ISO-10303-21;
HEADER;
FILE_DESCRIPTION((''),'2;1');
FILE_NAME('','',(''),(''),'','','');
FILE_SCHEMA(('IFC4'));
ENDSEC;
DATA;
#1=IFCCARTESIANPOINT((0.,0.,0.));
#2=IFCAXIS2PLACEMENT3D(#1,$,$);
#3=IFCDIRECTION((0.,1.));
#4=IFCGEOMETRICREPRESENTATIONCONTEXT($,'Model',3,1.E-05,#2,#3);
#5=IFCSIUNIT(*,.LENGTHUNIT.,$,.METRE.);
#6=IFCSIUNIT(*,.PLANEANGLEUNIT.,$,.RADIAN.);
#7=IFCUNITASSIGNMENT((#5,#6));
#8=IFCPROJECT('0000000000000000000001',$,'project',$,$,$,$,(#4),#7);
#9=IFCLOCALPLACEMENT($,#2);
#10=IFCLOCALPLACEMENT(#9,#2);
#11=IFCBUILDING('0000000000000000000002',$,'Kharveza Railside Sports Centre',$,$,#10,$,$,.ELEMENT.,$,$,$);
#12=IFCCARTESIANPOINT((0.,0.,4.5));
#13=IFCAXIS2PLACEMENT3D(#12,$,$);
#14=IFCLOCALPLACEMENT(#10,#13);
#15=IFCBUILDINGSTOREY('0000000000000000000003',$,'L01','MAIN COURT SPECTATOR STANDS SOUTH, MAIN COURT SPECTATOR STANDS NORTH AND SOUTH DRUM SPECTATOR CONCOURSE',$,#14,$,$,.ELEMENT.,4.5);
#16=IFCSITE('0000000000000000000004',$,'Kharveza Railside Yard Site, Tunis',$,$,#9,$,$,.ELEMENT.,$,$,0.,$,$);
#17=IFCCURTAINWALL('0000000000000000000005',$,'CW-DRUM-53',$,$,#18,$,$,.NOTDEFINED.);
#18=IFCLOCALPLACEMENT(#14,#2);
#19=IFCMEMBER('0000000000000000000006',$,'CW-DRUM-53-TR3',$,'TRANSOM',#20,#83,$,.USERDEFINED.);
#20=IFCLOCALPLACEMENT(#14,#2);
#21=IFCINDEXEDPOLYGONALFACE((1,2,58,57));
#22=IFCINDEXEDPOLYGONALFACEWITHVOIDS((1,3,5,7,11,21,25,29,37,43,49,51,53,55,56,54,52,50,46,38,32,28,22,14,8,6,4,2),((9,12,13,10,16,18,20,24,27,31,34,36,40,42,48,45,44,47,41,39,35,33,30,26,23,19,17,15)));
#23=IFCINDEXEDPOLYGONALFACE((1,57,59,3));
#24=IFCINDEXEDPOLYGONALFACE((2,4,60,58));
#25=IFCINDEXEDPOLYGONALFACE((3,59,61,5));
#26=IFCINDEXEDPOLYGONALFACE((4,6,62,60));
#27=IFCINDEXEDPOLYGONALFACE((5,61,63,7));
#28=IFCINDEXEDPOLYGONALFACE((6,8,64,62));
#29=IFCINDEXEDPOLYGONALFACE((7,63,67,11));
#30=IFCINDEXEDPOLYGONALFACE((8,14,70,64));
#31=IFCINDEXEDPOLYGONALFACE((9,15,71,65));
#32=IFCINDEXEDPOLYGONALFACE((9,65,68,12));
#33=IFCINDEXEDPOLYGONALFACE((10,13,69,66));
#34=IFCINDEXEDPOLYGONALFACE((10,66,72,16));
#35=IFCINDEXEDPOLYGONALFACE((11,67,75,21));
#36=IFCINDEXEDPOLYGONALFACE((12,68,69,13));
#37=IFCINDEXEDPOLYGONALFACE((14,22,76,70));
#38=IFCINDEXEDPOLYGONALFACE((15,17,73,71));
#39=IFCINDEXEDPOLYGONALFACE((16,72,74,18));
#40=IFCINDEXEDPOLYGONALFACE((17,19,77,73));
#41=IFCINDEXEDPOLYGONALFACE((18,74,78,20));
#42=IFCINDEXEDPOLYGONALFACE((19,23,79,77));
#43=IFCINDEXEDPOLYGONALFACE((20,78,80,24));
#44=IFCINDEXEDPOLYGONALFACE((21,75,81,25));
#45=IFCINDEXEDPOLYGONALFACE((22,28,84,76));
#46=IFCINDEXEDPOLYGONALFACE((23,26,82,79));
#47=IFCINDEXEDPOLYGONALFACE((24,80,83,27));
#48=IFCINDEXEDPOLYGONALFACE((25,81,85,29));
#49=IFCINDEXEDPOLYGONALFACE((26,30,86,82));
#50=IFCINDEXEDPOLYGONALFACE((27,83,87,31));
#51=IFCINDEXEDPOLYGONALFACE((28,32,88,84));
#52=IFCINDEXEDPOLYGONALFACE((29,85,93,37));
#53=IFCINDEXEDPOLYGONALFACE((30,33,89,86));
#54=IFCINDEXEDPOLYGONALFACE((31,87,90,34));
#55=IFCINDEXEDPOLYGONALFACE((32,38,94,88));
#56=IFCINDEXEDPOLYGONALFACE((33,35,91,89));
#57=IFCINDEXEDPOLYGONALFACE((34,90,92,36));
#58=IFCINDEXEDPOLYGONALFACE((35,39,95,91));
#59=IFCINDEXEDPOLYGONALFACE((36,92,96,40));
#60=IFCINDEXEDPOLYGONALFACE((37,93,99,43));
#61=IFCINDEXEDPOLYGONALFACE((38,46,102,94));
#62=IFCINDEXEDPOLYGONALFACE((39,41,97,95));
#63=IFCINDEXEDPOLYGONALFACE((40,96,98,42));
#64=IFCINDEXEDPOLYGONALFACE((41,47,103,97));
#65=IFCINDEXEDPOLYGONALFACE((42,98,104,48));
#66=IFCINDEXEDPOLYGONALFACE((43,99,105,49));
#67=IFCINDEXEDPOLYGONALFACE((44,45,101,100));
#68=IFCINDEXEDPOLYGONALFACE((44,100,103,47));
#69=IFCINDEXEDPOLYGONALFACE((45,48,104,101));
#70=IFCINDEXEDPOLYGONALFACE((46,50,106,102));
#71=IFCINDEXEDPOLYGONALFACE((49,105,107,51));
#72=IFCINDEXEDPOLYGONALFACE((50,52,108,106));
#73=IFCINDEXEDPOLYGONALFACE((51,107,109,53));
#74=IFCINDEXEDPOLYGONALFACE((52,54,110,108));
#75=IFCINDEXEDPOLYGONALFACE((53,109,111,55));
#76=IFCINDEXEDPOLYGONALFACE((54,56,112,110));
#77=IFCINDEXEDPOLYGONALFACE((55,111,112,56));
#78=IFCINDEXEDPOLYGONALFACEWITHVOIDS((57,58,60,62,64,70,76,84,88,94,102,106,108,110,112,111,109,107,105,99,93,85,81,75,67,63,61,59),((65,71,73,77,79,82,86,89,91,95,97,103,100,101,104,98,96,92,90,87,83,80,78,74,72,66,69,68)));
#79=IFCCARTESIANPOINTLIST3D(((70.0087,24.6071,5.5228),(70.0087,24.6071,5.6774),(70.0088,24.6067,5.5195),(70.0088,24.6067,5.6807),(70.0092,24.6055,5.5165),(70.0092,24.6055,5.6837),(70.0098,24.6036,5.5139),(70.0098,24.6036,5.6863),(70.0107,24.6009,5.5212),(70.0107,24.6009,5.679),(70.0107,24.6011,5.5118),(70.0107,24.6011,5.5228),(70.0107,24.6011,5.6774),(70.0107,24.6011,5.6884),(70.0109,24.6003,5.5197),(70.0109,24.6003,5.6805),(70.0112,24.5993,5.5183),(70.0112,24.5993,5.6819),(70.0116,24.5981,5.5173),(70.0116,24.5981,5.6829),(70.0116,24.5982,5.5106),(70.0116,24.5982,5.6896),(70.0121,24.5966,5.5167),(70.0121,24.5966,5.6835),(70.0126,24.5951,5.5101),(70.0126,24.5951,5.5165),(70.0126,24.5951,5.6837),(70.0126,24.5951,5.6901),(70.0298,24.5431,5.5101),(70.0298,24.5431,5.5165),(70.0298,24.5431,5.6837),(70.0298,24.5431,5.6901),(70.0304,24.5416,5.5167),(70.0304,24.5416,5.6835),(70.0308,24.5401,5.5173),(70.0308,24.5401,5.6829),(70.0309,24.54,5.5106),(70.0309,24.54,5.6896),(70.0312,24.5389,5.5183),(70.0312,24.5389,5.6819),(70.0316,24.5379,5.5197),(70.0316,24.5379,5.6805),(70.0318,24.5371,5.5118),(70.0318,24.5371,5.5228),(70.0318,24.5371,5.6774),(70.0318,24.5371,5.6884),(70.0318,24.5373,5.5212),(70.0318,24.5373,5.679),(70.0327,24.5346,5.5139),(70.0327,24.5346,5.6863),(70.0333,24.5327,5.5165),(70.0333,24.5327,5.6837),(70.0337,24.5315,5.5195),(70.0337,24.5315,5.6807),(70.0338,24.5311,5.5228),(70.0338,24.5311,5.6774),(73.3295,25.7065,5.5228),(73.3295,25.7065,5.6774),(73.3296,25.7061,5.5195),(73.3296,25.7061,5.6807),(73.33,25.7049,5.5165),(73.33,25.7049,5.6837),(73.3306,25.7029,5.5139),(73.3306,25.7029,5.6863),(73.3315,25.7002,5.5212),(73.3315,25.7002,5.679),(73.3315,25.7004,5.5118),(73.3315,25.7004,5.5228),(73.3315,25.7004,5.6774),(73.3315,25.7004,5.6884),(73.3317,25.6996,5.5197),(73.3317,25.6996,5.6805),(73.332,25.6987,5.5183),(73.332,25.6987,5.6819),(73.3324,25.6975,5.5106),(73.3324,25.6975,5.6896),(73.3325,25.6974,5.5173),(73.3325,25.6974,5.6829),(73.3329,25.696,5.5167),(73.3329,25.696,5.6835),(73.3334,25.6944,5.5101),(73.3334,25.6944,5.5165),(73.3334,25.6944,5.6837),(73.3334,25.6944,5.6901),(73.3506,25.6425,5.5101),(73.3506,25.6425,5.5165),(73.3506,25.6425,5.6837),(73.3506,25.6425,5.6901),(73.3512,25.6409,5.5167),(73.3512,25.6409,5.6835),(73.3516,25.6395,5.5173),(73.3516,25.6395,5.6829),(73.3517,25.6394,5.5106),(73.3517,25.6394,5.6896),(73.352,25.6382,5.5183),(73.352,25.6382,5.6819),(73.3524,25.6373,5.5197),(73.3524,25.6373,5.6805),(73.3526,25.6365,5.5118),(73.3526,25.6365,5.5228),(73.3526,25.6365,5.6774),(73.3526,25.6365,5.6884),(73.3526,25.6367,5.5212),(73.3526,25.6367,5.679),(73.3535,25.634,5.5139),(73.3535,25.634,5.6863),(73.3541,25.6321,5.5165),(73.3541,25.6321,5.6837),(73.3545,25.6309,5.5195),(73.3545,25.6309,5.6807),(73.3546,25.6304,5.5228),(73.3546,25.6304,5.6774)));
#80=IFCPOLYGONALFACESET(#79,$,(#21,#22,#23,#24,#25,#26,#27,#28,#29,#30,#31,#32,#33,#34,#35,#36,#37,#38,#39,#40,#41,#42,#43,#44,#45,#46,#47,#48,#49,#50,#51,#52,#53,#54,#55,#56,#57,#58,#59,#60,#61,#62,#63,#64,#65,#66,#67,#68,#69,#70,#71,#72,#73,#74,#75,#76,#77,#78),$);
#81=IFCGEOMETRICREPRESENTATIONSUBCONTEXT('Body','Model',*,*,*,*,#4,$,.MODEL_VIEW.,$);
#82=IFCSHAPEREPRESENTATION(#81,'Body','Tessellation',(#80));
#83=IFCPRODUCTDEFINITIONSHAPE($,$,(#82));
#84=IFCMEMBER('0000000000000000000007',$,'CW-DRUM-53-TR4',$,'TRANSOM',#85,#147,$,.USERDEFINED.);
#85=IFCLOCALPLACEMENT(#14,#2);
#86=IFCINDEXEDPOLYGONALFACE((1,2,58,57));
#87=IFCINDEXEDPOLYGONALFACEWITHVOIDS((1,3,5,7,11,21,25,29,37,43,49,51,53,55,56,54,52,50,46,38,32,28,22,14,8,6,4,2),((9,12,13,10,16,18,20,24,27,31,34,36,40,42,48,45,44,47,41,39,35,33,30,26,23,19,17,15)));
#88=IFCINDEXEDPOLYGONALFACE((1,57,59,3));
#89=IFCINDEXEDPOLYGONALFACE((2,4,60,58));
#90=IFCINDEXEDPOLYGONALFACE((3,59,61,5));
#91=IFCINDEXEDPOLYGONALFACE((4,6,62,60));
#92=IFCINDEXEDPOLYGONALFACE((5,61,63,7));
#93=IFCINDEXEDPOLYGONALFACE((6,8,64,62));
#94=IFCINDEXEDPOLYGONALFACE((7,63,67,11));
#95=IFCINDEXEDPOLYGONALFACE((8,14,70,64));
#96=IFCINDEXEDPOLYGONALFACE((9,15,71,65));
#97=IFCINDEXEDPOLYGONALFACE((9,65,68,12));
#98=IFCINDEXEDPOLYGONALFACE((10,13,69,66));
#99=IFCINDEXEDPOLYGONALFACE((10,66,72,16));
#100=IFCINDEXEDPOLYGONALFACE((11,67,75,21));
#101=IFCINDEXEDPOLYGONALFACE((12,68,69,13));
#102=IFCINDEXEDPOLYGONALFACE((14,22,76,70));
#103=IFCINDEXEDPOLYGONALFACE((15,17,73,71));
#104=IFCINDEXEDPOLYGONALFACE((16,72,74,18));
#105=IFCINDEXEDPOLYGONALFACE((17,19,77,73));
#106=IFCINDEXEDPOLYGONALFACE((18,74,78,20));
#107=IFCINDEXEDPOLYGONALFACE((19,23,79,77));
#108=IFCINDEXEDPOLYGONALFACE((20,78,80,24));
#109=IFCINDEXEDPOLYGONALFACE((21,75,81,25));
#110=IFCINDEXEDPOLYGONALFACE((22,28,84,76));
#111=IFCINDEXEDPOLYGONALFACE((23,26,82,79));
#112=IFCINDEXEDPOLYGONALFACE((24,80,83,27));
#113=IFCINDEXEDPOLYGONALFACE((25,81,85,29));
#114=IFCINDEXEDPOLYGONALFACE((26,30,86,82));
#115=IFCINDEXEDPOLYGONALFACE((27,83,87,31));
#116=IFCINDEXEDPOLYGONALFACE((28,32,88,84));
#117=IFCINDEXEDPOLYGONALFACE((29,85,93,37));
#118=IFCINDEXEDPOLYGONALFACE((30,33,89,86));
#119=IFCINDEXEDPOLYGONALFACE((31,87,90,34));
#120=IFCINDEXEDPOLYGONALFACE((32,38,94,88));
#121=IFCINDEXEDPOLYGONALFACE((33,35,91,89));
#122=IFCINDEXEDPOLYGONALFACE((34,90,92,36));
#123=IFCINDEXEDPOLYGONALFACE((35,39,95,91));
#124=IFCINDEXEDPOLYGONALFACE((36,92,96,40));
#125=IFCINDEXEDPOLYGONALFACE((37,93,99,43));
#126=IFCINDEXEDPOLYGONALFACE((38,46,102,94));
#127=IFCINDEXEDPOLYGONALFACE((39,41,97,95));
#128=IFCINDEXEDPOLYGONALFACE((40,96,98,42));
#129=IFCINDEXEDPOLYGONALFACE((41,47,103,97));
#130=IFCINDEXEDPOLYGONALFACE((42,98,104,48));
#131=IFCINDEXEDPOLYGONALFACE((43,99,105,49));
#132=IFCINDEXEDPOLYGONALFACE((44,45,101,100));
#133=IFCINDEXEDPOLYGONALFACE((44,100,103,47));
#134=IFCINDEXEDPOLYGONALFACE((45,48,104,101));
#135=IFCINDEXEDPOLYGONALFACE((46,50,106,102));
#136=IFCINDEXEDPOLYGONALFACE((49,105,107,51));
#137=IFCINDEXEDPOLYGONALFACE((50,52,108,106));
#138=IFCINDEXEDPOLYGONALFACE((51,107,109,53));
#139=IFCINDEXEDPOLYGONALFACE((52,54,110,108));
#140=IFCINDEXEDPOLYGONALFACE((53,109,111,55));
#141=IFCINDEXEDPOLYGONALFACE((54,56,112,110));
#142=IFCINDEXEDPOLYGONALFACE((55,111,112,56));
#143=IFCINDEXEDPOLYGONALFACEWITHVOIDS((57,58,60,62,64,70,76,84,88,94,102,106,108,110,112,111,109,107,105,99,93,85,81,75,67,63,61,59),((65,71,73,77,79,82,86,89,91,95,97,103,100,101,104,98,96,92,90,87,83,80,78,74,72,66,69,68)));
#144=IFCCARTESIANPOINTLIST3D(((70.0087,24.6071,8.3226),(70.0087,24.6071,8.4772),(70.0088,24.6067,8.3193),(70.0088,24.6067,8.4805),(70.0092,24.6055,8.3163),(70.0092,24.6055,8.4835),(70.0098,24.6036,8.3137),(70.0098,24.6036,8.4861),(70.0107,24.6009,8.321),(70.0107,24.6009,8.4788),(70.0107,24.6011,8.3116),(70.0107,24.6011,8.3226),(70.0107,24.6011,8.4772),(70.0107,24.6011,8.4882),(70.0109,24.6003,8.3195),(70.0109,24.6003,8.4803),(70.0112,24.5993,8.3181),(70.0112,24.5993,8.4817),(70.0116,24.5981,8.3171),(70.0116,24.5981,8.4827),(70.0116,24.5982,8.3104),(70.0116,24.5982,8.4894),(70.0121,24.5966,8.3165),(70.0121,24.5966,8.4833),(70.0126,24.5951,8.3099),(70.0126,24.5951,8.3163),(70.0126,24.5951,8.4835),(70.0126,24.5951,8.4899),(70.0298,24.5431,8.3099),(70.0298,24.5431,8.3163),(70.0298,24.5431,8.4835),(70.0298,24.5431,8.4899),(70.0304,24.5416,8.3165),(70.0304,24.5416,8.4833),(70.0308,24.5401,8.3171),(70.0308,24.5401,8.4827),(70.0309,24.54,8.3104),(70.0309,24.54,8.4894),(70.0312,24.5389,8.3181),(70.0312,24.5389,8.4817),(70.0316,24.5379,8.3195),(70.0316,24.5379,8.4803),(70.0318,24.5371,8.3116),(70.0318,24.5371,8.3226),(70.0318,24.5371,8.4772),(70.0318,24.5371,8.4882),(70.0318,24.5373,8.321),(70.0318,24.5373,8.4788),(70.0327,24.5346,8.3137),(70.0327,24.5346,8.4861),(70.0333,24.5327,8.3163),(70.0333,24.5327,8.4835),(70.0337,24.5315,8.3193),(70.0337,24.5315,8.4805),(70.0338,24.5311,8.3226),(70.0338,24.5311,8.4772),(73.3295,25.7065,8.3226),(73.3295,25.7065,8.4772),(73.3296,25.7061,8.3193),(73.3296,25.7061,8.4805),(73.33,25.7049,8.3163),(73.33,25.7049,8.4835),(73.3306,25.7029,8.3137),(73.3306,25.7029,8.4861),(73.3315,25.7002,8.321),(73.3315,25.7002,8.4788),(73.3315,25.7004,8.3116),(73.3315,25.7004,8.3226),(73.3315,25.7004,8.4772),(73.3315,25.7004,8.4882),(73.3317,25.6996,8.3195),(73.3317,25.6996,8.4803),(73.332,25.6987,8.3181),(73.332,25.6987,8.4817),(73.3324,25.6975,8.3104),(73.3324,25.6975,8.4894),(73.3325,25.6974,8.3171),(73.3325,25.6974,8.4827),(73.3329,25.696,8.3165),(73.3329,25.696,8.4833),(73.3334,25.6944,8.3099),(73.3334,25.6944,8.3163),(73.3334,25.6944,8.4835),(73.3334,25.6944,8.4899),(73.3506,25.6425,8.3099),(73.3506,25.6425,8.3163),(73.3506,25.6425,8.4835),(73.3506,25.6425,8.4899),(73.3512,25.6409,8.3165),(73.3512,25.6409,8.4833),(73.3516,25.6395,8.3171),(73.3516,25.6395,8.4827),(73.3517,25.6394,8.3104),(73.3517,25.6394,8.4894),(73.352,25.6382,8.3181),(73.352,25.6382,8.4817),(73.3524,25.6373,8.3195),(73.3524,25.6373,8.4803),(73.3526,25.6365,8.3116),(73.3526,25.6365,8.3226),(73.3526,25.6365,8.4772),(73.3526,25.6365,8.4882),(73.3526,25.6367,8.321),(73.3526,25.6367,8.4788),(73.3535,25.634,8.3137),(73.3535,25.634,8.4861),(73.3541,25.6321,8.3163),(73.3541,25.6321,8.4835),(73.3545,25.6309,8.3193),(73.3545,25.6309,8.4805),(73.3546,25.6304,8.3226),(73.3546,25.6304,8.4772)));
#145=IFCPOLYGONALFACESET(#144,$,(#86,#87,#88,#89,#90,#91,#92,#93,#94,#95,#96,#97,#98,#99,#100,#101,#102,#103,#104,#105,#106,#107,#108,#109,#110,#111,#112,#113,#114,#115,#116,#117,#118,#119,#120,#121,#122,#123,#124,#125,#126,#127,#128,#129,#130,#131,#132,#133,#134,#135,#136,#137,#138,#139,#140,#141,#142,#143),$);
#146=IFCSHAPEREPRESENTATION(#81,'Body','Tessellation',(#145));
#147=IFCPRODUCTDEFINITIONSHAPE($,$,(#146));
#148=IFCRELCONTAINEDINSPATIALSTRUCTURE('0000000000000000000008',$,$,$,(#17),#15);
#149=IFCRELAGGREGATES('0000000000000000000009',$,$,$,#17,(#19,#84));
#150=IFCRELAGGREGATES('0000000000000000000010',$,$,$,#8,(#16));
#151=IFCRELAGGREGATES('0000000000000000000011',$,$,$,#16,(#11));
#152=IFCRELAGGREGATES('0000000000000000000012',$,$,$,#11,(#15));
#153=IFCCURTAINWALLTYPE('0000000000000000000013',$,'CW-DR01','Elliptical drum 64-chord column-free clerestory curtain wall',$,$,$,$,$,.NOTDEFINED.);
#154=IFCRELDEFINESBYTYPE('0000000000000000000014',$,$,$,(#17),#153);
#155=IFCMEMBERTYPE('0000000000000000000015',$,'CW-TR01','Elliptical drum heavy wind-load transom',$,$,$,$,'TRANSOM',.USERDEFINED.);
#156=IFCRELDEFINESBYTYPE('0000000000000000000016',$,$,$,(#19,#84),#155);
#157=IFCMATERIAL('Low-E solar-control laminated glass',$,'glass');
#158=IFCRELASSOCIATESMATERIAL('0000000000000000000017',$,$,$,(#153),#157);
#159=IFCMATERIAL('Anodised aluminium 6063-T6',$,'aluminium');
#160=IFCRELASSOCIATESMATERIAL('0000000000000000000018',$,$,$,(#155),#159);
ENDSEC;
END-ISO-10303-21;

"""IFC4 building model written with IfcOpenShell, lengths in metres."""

from ifc_helpers import new_model, si_unit, direction, frame, origin, origin_2d, place, context, subcontext, project, spatial, hollow_rectangle, extrude, material, material_profile, profile_set, type_object, element, aggregate, save


model = new_model("IFC4")

# Units and contexts
model_context = context("Model", 3, precision=1e-05, world=origin(), true_north=direction((0.0, 1.0)))
body_context = subcontext(model_context, "Body", "Model", "MODEL_VIEW")
ifc_project = project(units=[si_unit("LENGTHUNIT", "METRE"), si_unit("PLANEANGLEUNIT", "RADIAN")], contexts=[model_context])

# Site, building, storey
site_placement = place(None, origin())
site = spatial("IfcSite", under=ifc_project, at=site_placement, Name="Kharveza Railside Yard Site, Tunis", CompositionType="ELEMENT", RefElevation=0.0)
building_placement = place(site_placement, origin())
building = spatial("IfcBuilding", under=site, at=building_placement, Name="Kharveza Railside Sports Centre", CompositionType="ELEMENT")
storey_placement = place(building_placement, frame((0.0, 0.0, 4.5)))
storey = spatial("IfcBuildingStorey", under=building, at=storey_placement, Name="L01", Description="MAIN COURT SPECTATOR STANDS SOUTH, MAIN COURT SPECTATOR STANDS NORTH AND SOUTH DRUM SPECTATOR CONCOURSE", CompositionType="ELEMENT", Elevation=4.5)

# Curtain wall
ifc_material_1 = material(Name="Low-E solar-control laminated glass", Category="glass")
curtain_wall_type = type_object("IfcCurtainWallType", Name="CW-DR01", Description="Elliptical drum 64-chord column-free clerestory curtain wall", PredefinedType="NOTDEFINED", material=ifc_material_1)
curtain_wall_1_placement = place(storey_placement, origin())
curtain_wall_1 = element("IfcCurtainWall", 1, at=curtain_wall_1_placement, inside=storey, type_object=curtain_wall_type, Name="CW-DRUM-53", PredefinedType="NOTDEFINED")
ifc_material_2 = material(Name="Anodised aluminium 6063-T6", Category="aluminium")

# Members
ifc_material_profile_1 = material_profile(ifc_material_2, hollow_rectangle(XDim=0.0801, YDim=0.1799, WallThickness=0.0063, InnerFilletRadius=0.0063, OuterFilletRadius=0.0127, at=origin_2d()), Name="RHS 80x180x6.3")
ifc_profile_set_1 = profile_set([ifc_material_profile_1], Name="Anodised aluminium 6063-T6")
member_type_1 = type_object("IfcMemberType", Name="CW-TR01", Description="Elliptical drum heavy wind-load transom", ElementType="TRANSOM", PredefinedType="USERDEFINED", material=ifc_profile_set_1)
member_1_placement = place(storey_placement, frame((70.0212, 24.5691, 5.6001), z_axis=(0.94933, 0.31428, 0.0), x_axis=(-0.31428, 0.94933, 0.0)))
member_1 = element("IfcMember", 2, at=member_1_placement, type_object=member_type_1, Name="CW-DRUM-53-TR3", ObjectType="TRANSOM", PredefinedType="USERDEFINED", context=body_context, shape_type="SweptSolid", body=[
    extrude(hollow_rectangle(XDim=0.0801, YDim=0.1799, WallThickness=0.0063, InnerFilletRadius=0.0063, OuterFilletRadius=0.0127, at=origin_2d()), origin(), (0.0, 0.0, 1.0), 3.498),
])
member_2_placement = place(storey_placement, frame((70.0212, 24.5691, 8.3999), z_axis=(0.94933, 0.31428, 0.0), x_axis=(-0.31428, 0.94933, 0.0)))
member_2 = element("IfcMember", 3, at=member_2_placement, type_object=member_type_1, Name="CW-DRUM-53-TR4", ObjectType="TRANSOM", PredefinedType="USERDEFINED", context=body_context, shape_type="SweptSolid", body=[
    extrude(hollow_rectangle(XDim=0.0801, YDim=0.1799, WallThickness=0.0063, InnerFilletRadius=0.0063, OuterFilletRadius=0.0127, at=origin_2d()), origin(), (0.0, 0.0, 1.0), 3.498),
])

aggregate(curtain_wall_1, [member_1, member_2])

save(model, "model.ifc")
